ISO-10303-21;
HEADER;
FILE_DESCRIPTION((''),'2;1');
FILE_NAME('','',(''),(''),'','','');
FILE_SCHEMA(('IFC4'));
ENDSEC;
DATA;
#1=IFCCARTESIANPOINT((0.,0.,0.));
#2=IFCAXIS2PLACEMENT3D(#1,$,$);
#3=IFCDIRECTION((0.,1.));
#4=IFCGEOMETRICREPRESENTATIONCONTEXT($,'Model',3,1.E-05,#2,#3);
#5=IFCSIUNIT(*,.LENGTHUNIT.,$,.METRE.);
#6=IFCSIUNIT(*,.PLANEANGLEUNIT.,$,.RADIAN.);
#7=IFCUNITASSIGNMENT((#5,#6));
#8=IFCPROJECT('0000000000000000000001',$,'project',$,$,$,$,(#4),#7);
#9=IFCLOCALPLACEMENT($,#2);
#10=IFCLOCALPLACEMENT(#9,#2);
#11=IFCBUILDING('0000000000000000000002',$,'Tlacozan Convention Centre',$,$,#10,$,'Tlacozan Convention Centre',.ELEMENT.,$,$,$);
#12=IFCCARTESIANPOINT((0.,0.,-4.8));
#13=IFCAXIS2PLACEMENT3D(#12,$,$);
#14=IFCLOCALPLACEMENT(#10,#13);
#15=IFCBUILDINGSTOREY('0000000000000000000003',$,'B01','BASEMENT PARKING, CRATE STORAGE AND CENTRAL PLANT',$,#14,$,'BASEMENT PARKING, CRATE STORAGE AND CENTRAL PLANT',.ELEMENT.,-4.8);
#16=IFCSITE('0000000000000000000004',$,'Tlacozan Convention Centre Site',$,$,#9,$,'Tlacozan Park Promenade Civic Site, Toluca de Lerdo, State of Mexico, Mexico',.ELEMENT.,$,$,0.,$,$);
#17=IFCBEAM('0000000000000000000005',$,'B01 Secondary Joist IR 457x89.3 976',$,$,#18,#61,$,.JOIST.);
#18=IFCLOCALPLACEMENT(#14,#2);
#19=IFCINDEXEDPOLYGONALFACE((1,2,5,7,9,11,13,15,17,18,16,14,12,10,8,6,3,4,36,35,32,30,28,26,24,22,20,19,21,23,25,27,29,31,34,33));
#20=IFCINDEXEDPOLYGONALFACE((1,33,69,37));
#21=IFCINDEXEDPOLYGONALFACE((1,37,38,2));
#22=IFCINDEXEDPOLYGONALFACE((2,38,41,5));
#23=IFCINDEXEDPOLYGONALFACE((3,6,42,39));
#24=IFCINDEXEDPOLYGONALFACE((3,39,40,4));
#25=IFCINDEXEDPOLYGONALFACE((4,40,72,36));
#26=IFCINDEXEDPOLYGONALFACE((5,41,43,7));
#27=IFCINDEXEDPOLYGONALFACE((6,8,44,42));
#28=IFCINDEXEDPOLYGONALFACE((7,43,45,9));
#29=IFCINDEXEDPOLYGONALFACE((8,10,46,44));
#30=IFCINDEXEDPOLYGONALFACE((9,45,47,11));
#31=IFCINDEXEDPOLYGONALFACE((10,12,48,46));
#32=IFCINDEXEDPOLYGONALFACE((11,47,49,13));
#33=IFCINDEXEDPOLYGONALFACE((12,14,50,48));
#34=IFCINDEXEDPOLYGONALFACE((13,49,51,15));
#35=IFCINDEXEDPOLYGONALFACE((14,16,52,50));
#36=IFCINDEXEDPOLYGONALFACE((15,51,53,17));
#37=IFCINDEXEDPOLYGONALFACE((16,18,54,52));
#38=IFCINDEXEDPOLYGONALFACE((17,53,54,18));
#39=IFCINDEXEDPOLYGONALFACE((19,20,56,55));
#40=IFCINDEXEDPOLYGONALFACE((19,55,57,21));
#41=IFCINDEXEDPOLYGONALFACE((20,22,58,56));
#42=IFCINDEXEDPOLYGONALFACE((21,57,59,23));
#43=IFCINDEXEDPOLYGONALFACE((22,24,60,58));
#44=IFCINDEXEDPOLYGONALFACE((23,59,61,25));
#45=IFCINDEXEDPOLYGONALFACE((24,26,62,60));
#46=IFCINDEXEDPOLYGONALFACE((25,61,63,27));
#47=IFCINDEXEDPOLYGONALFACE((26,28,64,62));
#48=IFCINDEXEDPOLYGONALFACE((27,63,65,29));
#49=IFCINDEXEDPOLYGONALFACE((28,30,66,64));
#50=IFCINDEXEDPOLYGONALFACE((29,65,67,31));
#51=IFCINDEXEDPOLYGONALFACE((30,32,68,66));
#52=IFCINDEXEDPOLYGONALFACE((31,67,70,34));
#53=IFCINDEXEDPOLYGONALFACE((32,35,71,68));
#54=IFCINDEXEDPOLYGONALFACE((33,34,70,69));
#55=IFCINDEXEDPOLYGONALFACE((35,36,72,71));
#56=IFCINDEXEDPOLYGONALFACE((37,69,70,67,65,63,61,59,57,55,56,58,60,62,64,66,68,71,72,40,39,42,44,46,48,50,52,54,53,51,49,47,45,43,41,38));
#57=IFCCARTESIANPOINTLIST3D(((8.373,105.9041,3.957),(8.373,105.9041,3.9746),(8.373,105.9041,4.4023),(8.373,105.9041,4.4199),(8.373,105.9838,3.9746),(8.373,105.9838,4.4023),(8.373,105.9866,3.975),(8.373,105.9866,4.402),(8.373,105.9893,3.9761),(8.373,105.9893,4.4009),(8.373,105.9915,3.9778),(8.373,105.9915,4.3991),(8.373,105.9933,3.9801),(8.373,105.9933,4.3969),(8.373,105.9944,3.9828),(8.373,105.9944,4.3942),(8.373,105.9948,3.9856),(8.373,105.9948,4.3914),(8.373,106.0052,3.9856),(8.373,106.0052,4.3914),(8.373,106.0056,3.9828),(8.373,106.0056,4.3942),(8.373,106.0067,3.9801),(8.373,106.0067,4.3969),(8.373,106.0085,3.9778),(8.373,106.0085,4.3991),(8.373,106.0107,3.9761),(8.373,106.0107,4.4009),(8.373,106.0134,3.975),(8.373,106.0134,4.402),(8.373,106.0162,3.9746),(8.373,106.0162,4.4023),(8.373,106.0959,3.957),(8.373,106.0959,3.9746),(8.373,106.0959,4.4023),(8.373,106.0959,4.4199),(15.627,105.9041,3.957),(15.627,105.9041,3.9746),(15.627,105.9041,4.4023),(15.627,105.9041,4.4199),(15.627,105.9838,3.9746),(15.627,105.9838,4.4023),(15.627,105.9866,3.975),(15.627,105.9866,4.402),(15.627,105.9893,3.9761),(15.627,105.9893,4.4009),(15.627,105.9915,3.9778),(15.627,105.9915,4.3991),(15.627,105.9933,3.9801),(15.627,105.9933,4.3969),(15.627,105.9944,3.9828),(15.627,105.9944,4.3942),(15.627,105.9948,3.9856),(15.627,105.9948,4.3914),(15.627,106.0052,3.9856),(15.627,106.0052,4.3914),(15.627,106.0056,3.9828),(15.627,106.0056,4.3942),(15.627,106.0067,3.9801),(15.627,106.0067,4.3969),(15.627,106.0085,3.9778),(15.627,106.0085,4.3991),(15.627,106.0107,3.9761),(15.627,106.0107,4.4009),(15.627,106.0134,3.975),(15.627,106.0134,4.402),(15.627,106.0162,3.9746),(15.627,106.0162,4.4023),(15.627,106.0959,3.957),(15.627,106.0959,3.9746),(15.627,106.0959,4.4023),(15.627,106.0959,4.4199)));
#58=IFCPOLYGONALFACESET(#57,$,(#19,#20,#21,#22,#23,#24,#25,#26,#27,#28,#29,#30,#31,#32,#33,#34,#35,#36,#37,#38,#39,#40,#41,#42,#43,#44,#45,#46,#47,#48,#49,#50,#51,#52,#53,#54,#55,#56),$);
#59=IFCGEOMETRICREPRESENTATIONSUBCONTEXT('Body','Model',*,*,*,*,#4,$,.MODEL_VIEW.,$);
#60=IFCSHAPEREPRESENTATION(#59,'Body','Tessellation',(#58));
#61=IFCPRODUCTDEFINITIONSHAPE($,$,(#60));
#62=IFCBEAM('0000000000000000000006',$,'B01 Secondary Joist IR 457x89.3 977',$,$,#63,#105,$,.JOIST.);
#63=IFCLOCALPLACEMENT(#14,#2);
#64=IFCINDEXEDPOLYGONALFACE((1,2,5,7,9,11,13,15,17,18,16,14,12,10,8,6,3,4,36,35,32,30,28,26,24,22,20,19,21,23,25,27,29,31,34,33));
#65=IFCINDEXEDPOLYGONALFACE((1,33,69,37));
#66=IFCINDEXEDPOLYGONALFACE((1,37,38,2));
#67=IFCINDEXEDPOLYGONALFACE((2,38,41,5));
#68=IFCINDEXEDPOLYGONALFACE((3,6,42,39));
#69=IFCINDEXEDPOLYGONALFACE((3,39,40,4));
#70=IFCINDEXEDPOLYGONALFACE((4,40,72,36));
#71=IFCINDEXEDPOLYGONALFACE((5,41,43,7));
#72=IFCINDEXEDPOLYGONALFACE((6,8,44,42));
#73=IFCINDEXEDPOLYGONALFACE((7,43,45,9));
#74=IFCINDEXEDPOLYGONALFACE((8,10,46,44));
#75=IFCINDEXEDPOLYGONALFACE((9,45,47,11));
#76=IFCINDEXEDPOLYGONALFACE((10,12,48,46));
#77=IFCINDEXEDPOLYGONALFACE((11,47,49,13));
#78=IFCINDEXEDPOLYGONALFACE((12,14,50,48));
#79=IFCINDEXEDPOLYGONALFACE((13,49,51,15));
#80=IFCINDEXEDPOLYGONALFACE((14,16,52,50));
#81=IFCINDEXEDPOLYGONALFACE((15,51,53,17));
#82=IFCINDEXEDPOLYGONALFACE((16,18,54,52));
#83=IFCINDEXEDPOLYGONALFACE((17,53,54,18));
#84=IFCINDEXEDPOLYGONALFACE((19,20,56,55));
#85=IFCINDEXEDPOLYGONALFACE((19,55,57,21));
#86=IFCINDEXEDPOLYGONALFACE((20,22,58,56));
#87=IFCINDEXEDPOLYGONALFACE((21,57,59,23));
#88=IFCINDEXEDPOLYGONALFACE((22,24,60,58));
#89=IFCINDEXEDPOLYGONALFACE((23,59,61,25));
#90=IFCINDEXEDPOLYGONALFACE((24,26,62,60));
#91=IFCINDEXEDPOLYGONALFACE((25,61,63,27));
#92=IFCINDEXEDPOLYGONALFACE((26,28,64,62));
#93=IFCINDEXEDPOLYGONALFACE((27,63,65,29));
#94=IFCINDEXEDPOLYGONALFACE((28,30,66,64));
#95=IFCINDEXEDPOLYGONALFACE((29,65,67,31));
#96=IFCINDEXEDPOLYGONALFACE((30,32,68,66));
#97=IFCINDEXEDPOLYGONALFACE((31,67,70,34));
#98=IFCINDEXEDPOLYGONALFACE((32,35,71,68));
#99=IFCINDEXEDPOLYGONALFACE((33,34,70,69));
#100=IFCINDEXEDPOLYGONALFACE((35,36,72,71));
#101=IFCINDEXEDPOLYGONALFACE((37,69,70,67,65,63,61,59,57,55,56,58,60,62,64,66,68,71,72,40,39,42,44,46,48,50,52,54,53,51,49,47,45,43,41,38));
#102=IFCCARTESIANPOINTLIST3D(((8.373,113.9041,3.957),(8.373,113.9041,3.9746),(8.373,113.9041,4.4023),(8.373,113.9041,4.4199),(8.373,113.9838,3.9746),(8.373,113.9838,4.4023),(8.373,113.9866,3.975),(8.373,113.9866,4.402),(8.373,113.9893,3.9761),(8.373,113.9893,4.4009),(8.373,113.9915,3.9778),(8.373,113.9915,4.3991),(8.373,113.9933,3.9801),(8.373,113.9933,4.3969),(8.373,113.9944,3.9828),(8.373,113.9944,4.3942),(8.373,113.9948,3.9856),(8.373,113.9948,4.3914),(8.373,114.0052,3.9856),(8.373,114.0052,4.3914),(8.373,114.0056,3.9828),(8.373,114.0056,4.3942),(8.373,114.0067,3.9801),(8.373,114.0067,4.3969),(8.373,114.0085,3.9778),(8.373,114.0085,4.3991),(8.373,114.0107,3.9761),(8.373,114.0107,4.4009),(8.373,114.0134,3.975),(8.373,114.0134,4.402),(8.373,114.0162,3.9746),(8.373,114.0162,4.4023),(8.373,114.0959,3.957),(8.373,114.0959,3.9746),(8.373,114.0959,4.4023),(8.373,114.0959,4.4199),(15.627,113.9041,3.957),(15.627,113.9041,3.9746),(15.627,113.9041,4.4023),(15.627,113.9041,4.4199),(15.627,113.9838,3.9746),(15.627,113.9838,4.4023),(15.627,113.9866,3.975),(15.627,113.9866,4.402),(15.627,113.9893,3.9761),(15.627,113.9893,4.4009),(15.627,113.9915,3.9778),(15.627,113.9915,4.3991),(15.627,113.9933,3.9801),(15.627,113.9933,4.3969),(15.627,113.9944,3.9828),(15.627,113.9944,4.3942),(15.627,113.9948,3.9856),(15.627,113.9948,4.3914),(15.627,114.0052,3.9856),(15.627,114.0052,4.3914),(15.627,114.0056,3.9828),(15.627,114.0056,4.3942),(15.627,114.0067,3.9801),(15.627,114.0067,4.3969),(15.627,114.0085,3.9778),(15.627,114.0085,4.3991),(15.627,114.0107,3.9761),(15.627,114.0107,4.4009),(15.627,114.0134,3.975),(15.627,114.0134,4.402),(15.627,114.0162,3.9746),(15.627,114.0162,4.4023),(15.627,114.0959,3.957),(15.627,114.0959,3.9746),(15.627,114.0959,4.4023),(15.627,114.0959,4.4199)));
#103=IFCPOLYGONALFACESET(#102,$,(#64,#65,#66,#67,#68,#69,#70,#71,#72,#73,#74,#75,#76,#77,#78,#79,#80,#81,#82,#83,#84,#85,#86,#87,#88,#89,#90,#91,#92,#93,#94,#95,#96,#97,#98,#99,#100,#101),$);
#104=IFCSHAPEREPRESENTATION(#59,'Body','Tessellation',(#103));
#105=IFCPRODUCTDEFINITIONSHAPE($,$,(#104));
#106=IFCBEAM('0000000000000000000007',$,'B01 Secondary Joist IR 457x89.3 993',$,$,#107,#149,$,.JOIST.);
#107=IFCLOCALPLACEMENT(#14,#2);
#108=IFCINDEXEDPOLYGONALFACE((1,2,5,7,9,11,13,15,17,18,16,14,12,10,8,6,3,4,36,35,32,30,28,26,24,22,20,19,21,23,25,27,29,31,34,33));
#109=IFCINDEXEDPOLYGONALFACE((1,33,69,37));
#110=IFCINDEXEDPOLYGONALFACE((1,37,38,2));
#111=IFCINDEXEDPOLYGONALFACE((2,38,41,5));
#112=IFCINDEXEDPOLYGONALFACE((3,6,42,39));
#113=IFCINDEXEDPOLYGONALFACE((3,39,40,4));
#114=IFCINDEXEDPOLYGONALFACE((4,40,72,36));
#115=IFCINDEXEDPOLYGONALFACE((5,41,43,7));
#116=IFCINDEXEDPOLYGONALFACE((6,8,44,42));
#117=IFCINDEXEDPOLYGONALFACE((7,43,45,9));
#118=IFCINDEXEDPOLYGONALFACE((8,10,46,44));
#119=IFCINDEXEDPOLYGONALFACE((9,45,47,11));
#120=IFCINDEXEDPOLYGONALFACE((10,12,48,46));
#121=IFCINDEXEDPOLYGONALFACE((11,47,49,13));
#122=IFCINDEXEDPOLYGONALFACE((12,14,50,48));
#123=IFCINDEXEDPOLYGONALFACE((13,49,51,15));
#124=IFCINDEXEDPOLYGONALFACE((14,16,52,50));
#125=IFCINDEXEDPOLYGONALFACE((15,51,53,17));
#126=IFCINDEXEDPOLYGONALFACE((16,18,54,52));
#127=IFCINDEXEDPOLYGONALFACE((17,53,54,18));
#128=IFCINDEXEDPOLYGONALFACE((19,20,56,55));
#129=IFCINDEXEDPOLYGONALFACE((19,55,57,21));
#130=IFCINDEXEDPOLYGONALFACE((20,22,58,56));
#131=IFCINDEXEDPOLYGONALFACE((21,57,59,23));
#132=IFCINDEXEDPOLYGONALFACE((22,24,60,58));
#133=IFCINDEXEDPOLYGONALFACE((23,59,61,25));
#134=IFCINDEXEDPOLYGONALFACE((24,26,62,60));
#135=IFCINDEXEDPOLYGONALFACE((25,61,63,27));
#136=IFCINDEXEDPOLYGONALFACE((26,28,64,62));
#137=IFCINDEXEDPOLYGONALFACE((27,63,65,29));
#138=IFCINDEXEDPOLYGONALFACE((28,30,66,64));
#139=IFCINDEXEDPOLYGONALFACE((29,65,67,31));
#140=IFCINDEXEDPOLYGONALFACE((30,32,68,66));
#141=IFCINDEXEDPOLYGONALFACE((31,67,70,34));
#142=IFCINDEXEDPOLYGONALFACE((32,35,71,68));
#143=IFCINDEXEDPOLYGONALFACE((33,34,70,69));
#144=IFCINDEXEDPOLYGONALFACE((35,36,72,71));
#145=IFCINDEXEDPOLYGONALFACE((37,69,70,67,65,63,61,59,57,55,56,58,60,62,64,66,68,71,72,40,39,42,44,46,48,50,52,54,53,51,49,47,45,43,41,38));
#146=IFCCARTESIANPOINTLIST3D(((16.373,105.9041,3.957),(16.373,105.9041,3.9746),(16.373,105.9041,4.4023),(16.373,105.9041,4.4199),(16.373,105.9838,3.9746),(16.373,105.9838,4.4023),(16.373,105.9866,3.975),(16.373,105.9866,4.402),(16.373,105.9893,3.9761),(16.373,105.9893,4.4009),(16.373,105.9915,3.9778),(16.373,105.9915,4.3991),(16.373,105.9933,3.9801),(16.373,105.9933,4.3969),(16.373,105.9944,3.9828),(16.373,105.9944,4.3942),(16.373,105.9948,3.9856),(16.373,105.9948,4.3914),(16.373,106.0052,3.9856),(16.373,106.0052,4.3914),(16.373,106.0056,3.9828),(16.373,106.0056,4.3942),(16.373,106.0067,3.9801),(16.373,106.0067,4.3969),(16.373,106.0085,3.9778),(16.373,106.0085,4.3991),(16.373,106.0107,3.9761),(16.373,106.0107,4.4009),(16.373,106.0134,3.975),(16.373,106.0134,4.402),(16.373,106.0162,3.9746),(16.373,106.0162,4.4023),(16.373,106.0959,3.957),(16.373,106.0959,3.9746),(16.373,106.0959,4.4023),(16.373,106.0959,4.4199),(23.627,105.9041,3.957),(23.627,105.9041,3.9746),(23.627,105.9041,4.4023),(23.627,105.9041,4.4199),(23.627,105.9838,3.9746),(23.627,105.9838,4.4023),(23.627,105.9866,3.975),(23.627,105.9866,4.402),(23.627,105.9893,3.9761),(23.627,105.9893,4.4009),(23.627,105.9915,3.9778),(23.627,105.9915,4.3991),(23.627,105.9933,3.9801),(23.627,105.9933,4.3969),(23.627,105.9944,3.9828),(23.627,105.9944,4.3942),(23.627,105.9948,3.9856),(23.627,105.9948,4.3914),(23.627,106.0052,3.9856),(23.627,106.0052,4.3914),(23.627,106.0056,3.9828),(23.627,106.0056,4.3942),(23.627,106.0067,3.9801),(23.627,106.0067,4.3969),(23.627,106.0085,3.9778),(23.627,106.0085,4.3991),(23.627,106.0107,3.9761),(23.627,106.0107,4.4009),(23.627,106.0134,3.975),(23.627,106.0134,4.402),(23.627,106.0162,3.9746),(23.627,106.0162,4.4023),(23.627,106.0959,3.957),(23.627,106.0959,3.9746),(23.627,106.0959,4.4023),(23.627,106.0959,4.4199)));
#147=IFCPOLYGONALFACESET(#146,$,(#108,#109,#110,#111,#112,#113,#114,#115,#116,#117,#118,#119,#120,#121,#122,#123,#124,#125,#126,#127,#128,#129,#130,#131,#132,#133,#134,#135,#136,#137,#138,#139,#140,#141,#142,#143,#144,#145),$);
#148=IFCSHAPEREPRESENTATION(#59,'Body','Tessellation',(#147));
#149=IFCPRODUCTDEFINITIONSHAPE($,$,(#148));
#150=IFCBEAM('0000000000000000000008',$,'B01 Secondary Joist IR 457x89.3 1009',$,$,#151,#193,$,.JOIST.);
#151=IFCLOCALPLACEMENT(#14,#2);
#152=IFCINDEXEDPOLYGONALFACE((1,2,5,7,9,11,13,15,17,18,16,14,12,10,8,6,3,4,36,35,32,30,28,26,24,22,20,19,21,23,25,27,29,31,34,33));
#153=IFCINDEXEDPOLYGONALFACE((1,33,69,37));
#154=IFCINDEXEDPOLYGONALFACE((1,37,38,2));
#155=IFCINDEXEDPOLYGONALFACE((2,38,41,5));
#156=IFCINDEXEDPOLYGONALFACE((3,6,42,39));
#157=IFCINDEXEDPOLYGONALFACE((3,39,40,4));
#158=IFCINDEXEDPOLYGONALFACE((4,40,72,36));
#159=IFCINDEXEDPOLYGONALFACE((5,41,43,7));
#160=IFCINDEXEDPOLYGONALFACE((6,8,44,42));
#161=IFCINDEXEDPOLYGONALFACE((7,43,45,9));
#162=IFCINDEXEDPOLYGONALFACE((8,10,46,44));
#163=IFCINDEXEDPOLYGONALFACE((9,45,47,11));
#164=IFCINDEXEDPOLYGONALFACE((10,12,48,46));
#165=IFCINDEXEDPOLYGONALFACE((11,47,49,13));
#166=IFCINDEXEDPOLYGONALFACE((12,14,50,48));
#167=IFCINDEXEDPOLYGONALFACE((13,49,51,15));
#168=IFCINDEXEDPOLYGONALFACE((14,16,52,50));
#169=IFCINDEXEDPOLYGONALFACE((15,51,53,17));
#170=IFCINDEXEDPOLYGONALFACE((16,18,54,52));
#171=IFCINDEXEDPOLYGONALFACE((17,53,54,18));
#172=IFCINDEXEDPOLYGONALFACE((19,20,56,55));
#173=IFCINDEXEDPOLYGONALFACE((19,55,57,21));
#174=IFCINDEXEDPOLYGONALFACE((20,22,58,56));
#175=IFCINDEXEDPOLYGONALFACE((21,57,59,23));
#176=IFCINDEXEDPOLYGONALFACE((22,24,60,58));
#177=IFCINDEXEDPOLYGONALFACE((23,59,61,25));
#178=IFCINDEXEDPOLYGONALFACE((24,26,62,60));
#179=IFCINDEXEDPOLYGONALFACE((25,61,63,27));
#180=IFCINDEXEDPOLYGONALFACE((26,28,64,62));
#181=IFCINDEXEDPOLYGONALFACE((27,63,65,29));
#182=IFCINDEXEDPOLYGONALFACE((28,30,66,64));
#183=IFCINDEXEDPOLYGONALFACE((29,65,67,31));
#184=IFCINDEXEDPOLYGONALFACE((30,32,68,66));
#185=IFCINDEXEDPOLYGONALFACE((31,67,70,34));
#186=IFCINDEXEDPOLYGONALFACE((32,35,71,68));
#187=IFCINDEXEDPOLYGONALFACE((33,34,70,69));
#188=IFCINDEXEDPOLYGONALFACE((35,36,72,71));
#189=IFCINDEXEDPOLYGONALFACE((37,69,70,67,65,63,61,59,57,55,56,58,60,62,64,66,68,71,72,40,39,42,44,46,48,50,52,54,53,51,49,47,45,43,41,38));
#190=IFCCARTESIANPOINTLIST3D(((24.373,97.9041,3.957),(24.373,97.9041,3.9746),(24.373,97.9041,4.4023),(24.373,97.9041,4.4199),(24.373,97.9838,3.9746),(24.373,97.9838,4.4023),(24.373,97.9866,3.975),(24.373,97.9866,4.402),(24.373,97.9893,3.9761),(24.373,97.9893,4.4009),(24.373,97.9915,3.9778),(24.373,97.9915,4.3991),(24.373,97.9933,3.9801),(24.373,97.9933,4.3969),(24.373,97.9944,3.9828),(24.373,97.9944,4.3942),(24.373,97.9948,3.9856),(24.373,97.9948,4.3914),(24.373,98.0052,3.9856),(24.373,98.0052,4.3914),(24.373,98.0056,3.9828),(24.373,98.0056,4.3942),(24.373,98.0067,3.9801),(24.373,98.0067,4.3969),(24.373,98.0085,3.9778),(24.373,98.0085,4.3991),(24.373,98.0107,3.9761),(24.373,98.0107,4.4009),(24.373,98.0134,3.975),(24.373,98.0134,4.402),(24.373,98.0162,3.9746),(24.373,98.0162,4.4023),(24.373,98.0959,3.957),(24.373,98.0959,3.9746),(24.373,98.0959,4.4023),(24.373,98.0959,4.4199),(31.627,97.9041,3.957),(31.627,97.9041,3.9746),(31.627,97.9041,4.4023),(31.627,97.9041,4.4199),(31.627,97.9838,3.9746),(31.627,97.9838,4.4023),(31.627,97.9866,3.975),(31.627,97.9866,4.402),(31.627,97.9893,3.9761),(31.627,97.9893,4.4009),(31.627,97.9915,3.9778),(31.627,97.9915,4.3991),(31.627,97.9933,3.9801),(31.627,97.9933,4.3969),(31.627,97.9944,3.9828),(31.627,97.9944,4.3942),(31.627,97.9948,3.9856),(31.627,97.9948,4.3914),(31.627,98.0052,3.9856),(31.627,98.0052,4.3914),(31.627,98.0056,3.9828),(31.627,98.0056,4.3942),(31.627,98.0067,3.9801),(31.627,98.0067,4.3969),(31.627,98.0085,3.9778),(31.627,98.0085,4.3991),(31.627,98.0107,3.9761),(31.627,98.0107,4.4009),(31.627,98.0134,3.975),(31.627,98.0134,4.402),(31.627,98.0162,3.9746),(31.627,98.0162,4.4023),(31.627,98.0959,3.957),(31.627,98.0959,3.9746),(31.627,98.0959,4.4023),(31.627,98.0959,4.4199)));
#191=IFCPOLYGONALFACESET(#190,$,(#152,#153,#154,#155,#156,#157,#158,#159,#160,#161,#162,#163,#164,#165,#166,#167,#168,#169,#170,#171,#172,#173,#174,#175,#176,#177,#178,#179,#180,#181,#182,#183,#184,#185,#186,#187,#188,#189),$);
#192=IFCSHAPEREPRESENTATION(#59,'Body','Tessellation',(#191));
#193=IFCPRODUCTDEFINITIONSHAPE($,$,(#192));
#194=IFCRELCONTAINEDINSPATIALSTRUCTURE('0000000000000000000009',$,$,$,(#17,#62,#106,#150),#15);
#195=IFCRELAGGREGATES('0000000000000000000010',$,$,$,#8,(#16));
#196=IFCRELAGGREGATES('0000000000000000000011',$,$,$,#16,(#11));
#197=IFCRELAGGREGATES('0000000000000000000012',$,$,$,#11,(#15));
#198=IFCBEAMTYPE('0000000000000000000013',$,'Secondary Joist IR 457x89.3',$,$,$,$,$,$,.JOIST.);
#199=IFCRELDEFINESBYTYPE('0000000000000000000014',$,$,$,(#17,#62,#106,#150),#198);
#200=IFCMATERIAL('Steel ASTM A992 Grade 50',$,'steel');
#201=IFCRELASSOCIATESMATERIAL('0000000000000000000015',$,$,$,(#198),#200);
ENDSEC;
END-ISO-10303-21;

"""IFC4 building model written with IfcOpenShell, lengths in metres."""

from ifc_helpers import new_model, si_unit, direction, frame, origin, origin_2d, place, context, subcontext, project, spatial, i_section, extrude, material, material_profile, profile_set, type_object, element, save


model = new_model("IFC4")

# Units and contexts
model_context = context("Model", 3, precision=1e-05, world=origin(), true_north=direction((0.0, 1.0)))
body_context = subcontext(model_context, "Body", "Model", "MODEL_VIEW")
ifc_project = project(units=[si_unit("LENGTHUNIT", "METRE"), si_unit("PLANEANGLEUNIT", "RADIAN")], contexts=[model_context])

# Site, building, storey
site_placement = place(None, origin())
site = spatial("IfcSite", under=ifc_project, at=site_placement, Name="Tlacozan Convention Centre Site", LongName="Tlacozan Park Promenade Civic Site, Toluca de Lerdo, State of Mexico, Mexico", CompositionType="ELEMENT", RefElevation=0.0)
building_placement = place(site_placement, origin())
building = spatial("IfcBuilding", under=site, at=building_placement, Name="Tlacozan Convention Centre", LongName="Tlacozan Convention Centre", CompositionType="ELEMENT")
storey_placement = place(building_placement, frame((0.0, 0.0, -4.8)))
storey = spatial("IfcBuildingStorey", under=building, at=storey_placement, Name="B01", Description="BASEMENT PARKING, CRATE STORAGE AND CENTRAL PLANT", LongName="BASEMENT PARKING, CRATE STORAGE AND CENTRAL PLANT", CompositionType="ELEMENT", Elevation=-4.8)

# Beams
ifc_material_1 = material(Name="Steel ASTM A992 Grade 50", Category="steel")
ifc_material_profile_1 = material_profile(ifc_material_1, i_section(OverallWidth=0.1919, OverallDepth=0.4629, WebThickness=0.0105, FlangeThickness=0.0176, FilletRadius=0.011, at=origin_2d()), Name="IR 457x89.3")
ifc_profile_set_1 = profile_set([ifc_material_profile_1], Name="Steel ASTM A992 Grade 50")
beam_type_1 = type_object("IfcBeamType", Name="Secondary Joist IR 457x89.3", PredefinedType="JOIST", material=ifc_profile_set_1)
for number, where, z_axis, x_axis, name in (
    (1, (8.373, 106.0, 4.1885), (1.0, 0.0, 0.0), (0.0, 1.0, 0.0), "B01 Secondary Joist IR 457x89.3 976"),
    (2, (8.373, 114.0, 4.1885), (1.0, 0.0, 0.0), (0.0, 1.0, 0.0), "B01 Secondary Joist IR 457x89.3 977"),
    (3, (16.373, 106.0, 4.1885), (1.0, 0.0, 0.0), (0.0, 1.0, 0.0), "B01 Secondary Joist IR 457x89.3 993"),
    (4, (24.373, 98.0, 4.1885), (1.0, 0.0, 0.0), (0.0, 1.0, 0.0), "B01 Secondary Joist IR 457x89.3 1009"),
):
    element("IfcBeam", number, at=place(storey_placement, frame(where, z_axis=z_axis, x_axis=x_axis)), inside=storey, type_object=beam_type_1, Name=name, PredefinedType="JOIST", context=body_context, shape_type="SweptSolid", body=[
        extrude(i_section(OverallWidth=0.1919, OverallDepth=0.4629, WebThickness=0.0105, FlangeThickness=0.0176, FilletRadius=0.011, at=origin_2d()), origin(), (0.0, 0.0, 1.0), 7.2539),
    ])

save(model, "model.ifc")
